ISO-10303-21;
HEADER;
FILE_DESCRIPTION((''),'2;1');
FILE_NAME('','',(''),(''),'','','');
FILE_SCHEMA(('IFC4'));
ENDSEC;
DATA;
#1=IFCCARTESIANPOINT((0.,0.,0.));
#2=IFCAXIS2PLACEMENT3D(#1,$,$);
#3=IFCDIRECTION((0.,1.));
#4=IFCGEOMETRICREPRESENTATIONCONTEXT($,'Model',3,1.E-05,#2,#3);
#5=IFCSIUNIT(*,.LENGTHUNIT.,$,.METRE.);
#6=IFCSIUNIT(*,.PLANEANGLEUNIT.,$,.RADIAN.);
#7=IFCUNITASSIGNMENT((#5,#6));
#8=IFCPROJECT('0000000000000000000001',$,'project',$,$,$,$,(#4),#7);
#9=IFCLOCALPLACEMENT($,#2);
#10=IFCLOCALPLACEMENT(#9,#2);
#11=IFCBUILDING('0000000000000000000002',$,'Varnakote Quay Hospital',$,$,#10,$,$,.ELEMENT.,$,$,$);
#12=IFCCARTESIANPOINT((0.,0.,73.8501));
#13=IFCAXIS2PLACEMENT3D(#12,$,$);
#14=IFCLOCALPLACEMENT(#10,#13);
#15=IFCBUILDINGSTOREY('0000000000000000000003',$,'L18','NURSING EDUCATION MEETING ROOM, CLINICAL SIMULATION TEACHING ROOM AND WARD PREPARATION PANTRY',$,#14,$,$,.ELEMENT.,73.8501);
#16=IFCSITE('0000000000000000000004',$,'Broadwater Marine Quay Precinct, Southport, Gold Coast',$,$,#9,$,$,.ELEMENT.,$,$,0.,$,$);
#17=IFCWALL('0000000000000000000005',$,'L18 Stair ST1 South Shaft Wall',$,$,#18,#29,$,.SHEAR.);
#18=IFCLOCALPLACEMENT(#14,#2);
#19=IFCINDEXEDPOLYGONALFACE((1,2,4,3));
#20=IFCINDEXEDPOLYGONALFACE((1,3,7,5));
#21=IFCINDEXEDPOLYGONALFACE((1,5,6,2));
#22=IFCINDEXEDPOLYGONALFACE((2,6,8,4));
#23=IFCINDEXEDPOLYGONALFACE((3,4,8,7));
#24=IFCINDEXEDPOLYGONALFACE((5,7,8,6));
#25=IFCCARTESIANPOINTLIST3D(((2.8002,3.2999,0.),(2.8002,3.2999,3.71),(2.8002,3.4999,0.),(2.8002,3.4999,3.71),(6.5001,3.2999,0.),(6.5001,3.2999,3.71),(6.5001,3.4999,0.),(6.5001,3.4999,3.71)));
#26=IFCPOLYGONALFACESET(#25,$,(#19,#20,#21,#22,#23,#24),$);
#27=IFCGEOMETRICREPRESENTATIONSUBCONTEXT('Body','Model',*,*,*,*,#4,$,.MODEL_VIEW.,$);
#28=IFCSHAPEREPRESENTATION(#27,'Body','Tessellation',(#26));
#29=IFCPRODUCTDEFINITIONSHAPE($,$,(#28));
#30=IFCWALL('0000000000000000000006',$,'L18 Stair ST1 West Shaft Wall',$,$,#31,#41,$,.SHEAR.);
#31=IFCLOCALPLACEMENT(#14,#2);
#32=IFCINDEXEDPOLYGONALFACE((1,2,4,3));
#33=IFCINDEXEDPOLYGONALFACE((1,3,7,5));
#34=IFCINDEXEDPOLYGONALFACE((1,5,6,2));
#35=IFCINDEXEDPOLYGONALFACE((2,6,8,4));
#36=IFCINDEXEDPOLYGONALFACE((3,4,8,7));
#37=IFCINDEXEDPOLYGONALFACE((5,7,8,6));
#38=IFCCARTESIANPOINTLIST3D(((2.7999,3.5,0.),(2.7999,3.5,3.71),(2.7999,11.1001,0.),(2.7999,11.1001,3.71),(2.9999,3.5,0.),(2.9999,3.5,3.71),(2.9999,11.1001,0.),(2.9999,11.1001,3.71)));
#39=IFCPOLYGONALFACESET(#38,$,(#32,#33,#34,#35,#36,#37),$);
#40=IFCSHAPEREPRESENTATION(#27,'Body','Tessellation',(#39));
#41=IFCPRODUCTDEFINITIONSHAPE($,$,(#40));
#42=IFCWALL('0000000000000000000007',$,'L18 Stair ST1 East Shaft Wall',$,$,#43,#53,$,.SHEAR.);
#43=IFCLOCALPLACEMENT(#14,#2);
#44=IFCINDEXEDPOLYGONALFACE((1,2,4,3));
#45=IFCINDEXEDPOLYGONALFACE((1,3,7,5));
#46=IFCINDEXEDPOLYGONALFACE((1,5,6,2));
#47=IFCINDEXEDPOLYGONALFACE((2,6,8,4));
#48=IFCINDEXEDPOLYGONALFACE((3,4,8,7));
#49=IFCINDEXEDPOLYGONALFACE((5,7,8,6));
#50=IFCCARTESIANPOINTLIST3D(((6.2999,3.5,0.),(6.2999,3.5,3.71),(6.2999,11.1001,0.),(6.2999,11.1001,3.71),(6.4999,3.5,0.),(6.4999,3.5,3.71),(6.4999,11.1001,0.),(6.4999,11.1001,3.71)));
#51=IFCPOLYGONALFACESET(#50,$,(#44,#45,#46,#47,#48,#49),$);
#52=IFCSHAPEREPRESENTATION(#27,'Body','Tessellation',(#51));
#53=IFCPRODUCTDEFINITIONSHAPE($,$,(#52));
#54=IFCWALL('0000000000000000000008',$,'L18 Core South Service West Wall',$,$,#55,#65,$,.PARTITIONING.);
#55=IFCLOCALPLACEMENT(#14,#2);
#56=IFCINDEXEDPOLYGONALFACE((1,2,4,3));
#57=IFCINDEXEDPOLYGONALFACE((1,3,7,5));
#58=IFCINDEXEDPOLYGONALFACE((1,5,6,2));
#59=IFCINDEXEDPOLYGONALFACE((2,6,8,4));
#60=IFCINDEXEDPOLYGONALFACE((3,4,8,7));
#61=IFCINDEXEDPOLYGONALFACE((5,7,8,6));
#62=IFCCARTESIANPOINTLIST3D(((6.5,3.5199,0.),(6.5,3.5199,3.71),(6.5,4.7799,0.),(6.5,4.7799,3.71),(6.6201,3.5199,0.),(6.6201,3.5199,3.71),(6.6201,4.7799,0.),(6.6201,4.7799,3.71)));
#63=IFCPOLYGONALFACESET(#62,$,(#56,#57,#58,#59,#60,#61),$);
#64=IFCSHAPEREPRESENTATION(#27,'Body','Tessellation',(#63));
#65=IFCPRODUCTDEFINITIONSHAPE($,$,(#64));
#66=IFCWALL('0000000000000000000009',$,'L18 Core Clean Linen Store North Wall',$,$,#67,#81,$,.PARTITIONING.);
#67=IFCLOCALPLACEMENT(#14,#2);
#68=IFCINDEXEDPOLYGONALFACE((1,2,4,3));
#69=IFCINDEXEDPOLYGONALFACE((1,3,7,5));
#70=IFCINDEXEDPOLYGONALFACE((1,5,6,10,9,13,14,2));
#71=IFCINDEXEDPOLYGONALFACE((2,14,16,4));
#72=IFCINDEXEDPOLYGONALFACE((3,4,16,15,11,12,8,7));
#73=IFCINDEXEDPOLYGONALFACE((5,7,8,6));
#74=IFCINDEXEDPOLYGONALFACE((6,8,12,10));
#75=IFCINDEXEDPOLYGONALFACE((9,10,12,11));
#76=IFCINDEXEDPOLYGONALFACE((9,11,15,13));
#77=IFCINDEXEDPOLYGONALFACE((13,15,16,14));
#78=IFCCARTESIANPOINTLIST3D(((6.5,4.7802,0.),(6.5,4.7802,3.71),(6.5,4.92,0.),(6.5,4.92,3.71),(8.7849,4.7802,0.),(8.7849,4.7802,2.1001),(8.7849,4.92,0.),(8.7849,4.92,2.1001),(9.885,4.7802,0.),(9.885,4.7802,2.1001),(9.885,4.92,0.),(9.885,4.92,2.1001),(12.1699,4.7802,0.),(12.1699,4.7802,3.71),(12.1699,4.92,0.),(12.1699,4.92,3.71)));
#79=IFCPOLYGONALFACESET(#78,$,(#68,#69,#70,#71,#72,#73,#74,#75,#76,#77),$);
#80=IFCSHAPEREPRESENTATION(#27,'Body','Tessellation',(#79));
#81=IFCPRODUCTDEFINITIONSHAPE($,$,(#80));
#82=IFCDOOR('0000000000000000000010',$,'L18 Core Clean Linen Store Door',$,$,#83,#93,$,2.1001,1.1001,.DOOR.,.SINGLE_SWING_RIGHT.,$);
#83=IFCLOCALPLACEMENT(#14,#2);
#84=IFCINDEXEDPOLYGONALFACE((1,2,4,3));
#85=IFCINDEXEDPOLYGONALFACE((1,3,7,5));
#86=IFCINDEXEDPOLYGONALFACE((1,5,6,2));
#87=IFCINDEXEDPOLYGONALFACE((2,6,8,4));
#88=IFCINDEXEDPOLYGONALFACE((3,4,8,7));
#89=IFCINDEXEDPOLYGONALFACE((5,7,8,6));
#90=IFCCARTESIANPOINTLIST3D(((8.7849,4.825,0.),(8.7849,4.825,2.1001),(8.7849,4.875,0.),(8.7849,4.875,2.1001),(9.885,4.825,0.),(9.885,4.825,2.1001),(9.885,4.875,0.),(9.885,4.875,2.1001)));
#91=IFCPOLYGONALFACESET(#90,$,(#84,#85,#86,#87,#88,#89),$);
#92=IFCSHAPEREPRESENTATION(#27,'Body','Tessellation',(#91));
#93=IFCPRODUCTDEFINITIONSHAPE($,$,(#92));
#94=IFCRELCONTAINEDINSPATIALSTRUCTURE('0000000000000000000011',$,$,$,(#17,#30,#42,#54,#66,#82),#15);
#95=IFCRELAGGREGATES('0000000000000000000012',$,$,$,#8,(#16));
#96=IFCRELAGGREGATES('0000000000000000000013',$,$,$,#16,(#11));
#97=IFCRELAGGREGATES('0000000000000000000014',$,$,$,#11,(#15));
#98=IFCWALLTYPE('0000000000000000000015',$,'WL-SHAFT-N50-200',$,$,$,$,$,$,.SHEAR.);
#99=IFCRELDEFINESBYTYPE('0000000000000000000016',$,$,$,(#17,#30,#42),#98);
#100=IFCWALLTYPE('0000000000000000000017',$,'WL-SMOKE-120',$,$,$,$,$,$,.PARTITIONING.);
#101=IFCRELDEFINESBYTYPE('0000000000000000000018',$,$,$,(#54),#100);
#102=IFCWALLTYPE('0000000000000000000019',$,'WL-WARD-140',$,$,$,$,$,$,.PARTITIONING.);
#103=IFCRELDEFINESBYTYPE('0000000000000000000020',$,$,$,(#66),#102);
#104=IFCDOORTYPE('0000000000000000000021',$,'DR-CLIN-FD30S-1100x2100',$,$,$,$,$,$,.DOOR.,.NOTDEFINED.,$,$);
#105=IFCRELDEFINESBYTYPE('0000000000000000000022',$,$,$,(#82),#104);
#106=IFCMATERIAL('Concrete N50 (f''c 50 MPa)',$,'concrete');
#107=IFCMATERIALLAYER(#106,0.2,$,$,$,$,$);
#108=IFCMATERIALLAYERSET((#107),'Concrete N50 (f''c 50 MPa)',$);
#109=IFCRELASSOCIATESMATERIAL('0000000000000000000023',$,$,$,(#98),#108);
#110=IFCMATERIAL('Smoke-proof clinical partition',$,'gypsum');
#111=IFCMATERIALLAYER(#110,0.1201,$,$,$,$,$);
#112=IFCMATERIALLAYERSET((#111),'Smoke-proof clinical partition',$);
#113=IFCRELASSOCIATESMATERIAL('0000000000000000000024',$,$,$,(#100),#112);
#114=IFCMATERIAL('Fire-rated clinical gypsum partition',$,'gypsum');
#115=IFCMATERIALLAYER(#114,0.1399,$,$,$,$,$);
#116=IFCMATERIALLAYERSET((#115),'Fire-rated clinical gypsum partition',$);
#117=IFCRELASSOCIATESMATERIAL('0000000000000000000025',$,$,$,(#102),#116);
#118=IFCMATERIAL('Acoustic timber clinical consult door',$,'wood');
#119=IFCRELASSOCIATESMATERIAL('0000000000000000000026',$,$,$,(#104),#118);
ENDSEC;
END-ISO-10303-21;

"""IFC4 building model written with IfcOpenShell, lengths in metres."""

from ifc_helpers import new_model, si_unit, direction, frame, frame_2d, origin, place, context, subcontext, project, spatial, rectangle, extrude, material, layer, layer_set, type_object, element, fill, save


model = new_model("IFC4")

# Units and contexts
model_context = context("Model", 3, precision=1e-05, world=origin(), true_north=direction((0.0, 1.0)))
body_context = subcontext(model_context, "Body", "Model", "MODEL_VIEW")
ifc_project = project(units=[si_unit("LENGTHUNIT", "METRE"), si_unit("PLANEANGLEUNIT", "RADIAN")], contexts=[model_context])

# Site, building, storey
site_placement = place(None, origin())
site = spatial("IfcSite", under=ifc_project, at=site_placement, Name="Broadwater Marine Quay Precinct, Southport, Gold Coast", CompositionType="ELEMENT", RefElevation=0.0)
building_placement = place(site_placement, origin())
building = spatial("IfcBuilding", under=site, at=building_placement, Name="Varnakote Quay Hospital", CompositionType="ELEMENT")
storey_placement = place(building_placement, frame((0.0, 0.0, 73.8501)))
storey = spatial("IfcBuildingStorey", under=building, at=storey_placement, Name="L18", Description="NURSING EDUCATION MEETING ROOM, CLINICAL SIMULATION TEACHING ROOM AND WARD PREPARATION PANTRY", CompositionType="ELEMENT", Elevation=73.8501)

# Walls
ifc_material_1 = material(Name="Concrete N50 (f'c 50 MPa)", Category="concrete")
ifc_layer_1 = layer(ifc_material_1, 0.2)
ifc_layer_set_1 = layer_set([ifc_layer_1], Name="Concrete N50 (f'c 50 MPa)")
wall_type_1 = type_object("IfcWallType", Name="WL-SHAFT-N50-200", PredefinedType="SHEAR", material=ifc_layer_set_1)
wall_1_placement = place(storey_placement, frame((2.8, 3.3999, 0.0), z_axis=(0.0, 0.0, 1.0), x_axis=(1.0, 0.0, 0.0)))
element("IfcWall", 1, at=wall_1_placement, inside=storey, type_object=wall_type_1, Name="L18 Stair ST1 South Shaft Wall", PredefinedType="SHEAR", context=body_context, shape_type="SweptSolid", body=[
    extrude(rectangle(XDim=3.7, YDim=0.2, at=frame_2d((1.8501, 0.0))), origin(), (0.0, 0.0, 1.0), 3.71),
])
for number, where, z_axis, x_axis, name in (
    (2, (2.8999, 3.5, 0.0), (0.0, 0.0, 1.0), (0.0, 1.0, 0.0), "L18 Stair ST1 West Shaft Wall"),
    (3, (6.3999, 3.5, 0.0), (0.0, 0.0, 1.0), (0.0, 1.0, 0.0), "L18 Stair ST1 East Shaft Wall"),
):
    element("IfcWall", number, at=place(storey_placement, frame(where, z_axis=z_axis, x_axis=x_axis)), inside=storey, type_object=wall_type_1, Name=name, PredefinedType="SHEAR", context=body_context, shape_type="SweptSolid", body=[
        extrude(rectangle(XDim=7.6001, YDim=0.2, at=frame_2d((3.8, 0.0))), origin(), (0.0, 0.0, 1.0), 3.71),
    ])
ifc_material_2 = material(Name="Smoke-proof clinical partition", Category="gypsum")
ifc_layer_2 = layer(ifc_material_2, 0.1201)
ifc_layer_set_2 = layer_set([ifc_layer_2], Name="Smoke-proof clinical partition")
wall_type_2 = type_object("IfcWallType", Name="WL-SMOKE-120", PredefinedType="PARTITIONING", material=ifc_layer_set_2)
wall_2_placement = place(storey_placement, frame((6.5601, 3.52, 0.0), z_axis=(0.0, 0.0, 1.0), x_axis=(0.0, 1.0, 0.0)))
element("IfcWall", 4, at=wall_2_placement, inside=storey, type_object=wall_type_2, Name="L18 Core South Service West Wall", PredefinedType="PARTITIONING", context=body_context, shape_type="SweptSolid", body=[
    extrude(rectangle(XDim=1.26, YDim=0.1201, at=frame_2d((0.6299, 0.0))), origin(), (0.0, 0.0, 1.0), 3.71),
])

# Wall, opening, door
ifc_material_3 = material(Name="Fire-rated clinical gypsum partition", Category="gypsum")
ifc_layer_3 = layer(ifc_material_3, 0.1399)
ifc_layer_set_3 = layer_set([ifc_layer_3], Name="Fire-rated clinical gypsum partition")
wall_type_3 = type_object("IfcWallType", Name="WL-WARD-140", PredefinedType="PARTITIONING", material=ifc_layer_set_3)
wall_3_placement = place(storey_placement, frame((6.5, 4.8501, 0.0), z_axis=(0.0, 0.0, 1.0), x_axis=(1.0, 0.0, 0.0)))
wall_3 = element("IfcWall", 5, at=wall_3_placement, inside=storey, type_object=wall_type_3, Name="L18 Core Clean Linen Store North Wall", PredefinedType="PARTITIONING", context=body_context, shape_type="SweptSolid", body=[
    extrude(rectangle(XDim=5.6699, YDim=0.1399, at=frame_2d((2.835, 0.0))), origin(), (0.0, 0.0, 1.0), 3.71),
])
opening_1_placement = place(wall_3_placement, frame((2.2849, 0.0, 0.0)))
opening_1 = element("IfcOpeningElement", 6, at=opening_1_placement, cuts=wall_3, PredefinedType="OPENING", context=body_context, shape_type="SweptSolid", body=[
    extrude(rectangle(XDim=1.1001, YDim=2.1001, at=frame_2d((0.55, 1.05))), frame((0.0, 0.0798, 0.0), z_axis=(0.0, -1.0, 0.0), x_axis=(1.0, 0.0, 0.0)), (0.0, 0.0, 1.0), 0.1599),
])
ifc_material_4 = material(Name="Acoustic timber clinical consult door", Category="wood")
door_type = type_object("IfcDoorType", Name="DR-CLIN-FD30S-1100x2100", OperationType="NOTDEFINED", PredefinedType="DOOR", material=ifc_material_4)
door_placement = place(opening_1_placement, origin())
door = element("IfcDoor", 7, at=door_placement, inside=storey, type_object=door_type, Name="L18 Core Clean Linen Store Door", OperationType="SINGLE_SWING_RIGHT", OverallHeight=2.1001, OverallWidth=1.1001, PredefinedType="DOOR", context=body_context, shape_type="SweptSolid", body=[
    extrude(rectangle(XDim=1.1001, YDim=2.1001, at=frame_2d((0.55, 1.05))), frame((0.0, 0.0249, 0.0), z_axis=(0.0, -1.0, 0.0), x_axis=(1.0, 0.0, 0.0)), (0.0, 0.0, 1.0), 0.05),
])
fill(opening_1, door)

save(model, "model.ifc")
